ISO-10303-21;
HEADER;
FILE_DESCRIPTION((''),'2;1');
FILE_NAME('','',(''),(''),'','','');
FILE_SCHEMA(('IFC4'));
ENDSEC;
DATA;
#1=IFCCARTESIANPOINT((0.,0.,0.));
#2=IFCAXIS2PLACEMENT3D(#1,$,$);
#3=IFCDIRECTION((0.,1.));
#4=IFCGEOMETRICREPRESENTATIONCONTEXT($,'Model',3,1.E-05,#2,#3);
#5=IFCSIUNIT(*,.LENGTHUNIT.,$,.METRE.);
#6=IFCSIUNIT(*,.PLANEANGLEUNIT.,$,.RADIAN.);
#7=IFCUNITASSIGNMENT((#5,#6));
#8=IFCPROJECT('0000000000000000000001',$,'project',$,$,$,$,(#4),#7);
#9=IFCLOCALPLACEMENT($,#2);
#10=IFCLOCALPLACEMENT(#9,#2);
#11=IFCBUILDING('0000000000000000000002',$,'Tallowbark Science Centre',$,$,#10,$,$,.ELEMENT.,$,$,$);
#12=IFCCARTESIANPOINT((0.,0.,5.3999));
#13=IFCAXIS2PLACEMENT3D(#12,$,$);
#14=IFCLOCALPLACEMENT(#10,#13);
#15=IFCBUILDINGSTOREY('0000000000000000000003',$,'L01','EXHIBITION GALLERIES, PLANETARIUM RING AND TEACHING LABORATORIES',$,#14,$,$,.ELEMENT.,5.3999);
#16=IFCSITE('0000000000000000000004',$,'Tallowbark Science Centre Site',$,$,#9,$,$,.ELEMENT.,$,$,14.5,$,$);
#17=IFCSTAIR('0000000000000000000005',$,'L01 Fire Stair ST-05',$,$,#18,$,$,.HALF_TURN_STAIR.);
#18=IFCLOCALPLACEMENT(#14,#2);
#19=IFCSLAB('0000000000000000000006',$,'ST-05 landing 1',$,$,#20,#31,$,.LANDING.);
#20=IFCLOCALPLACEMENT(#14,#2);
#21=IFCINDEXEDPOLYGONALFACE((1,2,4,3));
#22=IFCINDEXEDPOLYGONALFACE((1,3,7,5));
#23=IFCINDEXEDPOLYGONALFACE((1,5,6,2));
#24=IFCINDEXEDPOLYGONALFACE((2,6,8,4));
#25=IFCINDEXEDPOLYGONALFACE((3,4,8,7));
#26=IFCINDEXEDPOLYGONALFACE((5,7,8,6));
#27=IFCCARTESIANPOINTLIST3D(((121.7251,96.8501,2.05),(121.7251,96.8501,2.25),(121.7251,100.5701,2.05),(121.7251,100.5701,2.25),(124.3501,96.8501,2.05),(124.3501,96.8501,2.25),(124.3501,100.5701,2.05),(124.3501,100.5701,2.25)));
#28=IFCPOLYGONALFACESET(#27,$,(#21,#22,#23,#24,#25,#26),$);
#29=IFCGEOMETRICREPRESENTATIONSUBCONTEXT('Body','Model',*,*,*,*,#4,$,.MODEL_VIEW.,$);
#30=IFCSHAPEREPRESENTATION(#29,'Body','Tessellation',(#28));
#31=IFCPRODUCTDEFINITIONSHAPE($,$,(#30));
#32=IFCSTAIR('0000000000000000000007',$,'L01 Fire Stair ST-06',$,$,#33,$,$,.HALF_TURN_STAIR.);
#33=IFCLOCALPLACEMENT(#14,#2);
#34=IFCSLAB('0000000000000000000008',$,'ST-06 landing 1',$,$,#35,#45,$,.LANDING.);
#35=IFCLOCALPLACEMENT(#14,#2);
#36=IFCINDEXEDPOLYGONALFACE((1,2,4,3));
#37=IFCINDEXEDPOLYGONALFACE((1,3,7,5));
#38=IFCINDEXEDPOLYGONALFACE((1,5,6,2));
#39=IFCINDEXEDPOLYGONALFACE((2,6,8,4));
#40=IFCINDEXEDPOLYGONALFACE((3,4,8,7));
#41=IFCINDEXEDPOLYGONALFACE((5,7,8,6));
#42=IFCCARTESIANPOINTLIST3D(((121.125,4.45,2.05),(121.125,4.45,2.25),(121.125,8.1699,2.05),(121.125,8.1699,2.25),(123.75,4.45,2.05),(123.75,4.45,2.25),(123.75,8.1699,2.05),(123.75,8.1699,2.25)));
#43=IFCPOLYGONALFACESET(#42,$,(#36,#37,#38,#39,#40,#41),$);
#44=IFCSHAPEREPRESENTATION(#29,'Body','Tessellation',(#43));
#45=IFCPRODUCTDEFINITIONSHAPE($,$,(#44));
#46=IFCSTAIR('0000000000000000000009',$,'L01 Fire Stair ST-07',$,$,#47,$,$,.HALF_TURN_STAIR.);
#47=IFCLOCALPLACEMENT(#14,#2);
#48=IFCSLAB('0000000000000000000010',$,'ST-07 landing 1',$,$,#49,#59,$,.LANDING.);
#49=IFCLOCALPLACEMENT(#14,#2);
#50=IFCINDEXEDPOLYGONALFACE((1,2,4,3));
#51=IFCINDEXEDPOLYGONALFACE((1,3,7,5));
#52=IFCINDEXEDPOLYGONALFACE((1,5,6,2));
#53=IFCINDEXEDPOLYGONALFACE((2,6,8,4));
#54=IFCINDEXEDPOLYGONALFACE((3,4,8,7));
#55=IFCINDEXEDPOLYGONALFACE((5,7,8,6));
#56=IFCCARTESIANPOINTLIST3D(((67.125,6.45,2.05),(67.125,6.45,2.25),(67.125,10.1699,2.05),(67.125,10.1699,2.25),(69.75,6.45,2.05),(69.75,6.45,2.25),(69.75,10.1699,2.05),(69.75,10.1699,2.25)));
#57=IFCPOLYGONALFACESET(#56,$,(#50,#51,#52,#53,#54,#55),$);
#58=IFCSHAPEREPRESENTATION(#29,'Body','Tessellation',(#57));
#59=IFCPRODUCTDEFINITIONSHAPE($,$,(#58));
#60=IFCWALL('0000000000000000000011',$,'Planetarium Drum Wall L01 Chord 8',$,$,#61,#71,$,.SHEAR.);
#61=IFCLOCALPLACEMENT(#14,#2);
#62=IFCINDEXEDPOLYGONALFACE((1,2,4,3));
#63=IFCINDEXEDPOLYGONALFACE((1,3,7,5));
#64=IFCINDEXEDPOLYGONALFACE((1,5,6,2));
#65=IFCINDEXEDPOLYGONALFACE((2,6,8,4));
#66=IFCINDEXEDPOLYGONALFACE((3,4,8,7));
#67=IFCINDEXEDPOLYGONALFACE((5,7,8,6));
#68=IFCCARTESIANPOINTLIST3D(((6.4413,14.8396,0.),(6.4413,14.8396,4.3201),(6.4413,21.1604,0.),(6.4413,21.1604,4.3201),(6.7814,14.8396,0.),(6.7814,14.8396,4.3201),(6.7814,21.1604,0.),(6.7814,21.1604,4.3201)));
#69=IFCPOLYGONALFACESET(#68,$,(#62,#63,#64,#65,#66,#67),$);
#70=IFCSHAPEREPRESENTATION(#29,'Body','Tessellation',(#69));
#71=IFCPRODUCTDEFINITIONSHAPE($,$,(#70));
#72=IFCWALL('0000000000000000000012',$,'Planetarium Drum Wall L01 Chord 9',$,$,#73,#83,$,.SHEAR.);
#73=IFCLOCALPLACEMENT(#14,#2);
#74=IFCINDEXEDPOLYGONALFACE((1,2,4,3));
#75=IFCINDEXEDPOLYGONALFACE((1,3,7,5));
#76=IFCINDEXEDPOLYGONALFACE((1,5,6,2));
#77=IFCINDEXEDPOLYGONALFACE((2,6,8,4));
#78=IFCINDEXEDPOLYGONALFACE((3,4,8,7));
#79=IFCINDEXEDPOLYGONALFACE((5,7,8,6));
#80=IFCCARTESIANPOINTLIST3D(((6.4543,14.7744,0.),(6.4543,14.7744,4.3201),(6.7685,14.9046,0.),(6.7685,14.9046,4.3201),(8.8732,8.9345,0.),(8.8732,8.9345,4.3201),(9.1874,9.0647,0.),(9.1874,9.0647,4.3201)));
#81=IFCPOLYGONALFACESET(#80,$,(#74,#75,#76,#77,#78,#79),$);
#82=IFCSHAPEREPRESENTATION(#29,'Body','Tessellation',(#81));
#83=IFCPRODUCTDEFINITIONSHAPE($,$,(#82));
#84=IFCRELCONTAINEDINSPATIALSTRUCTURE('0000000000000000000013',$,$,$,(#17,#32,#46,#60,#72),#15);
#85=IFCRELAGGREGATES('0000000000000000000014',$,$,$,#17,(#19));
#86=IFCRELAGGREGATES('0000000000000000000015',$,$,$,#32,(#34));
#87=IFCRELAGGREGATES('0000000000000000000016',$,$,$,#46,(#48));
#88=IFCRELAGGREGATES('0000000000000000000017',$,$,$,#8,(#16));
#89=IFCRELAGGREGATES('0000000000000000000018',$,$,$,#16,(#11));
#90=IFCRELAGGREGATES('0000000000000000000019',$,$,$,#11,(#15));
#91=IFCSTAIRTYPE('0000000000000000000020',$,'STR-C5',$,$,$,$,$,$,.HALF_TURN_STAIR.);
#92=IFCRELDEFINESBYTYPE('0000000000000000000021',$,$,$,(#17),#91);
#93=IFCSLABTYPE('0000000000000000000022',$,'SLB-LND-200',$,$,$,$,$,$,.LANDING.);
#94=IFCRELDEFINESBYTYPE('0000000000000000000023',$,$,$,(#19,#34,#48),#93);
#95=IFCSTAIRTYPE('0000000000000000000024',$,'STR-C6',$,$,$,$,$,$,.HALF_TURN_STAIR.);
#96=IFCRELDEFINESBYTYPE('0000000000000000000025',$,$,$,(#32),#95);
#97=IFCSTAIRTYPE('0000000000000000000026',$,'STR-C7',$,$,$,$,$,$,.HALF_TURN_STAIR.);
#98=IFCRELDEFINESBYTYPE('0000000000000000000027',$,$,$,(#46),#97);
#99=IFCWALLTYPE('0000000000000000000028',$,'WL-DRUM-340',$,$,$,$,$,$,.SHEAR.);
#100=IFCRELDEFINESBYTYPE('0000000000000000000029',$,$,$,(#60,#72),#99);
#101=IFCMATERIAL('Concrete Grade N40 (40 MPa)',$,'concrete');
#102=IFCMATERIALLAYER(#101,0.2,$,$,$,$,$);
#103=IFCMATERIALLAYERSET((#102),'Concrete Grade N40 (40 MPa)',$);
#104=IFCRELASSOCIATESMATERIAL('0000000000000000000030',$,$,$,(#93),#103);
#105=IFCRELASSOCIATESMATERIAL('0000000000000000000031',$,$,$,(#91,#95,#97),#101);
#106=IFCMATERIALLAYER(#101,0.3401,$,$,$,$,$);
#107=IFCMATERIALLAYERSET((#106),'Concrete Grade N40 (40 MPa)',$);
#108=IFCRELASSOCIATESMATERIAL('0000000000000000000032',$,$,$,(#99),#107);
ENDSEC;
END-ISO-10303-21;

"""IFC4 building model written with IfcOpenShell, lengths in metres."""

from ifc_helpers import new_model, si_unit, direction, frame, frame_2d, origin, place, context, subcontext, project, spatial, polyline, rectangle, outline, extrude, material, layer, layer_set, type_object, element, aggregate, save


model = new_model("IFC4")

# Units and contexts
model_context = context("Model", 3, precision=1e-05, world=origin(), true_north=direction((0.0, 1.0)))
body_context = subcontext(model_context, "Body", "Model", "MODEL_VIEW")
ifc_project = project(units=[si_unit("LENGTHUNIT", "METRE"), si_unit("PLANEANGLEUNIT", "RADIAN")], contexts=[model_context])

# Site, building, storey
site_placement = place(None, origin())
site = spatial("IfcSite", under=ifc_project, at=site_placement, Name="Tallowbark Science Centre Site", CompositionType="ELEMENT", RefElevation=14.5)
building_placement = place(site_placement, origin())
building = spatial("IfcBuilding", under=site, at=building_placement, Name="Tallowbark Science Centre", CompositionType="ELEMENT")
storey_placement = place(building_placement, frame((0.0, 0.0, 5.3999)))
storey = spatial("IfcBuildingStorey", under=building, at=storey_placement, Name="L01", Description="EXHIBITION GALLERIES, PLANETARIUM RING AND TEACHING LABORATORIES", CompositionType="ELEMENT", Elevation=5.3999)

# Shared definitions
ifc_material_1 = material(Name="Concrete Grade N40 (40 MPa)", Category="concrete")

# Stairs, slabs
ifc_layer_1 = layer(ifc_material_1, 0.2)
ifc_layer_set_1 = layer_set([ifc_layer_1], Name="Concrete Grade N40 (40 MPa)")
slab_type_1 = type_object("IfcSlabType", Name="SLB-LND-200", PredefinedType="LANDING", material=ifc_layer_set_1)
stair_type_1 = type_object("IfcStairType", Name="STR-C5", PredefinedType="HALF_TURN_STAIR", material=ifc_material_1)
stair_1_placement = place(storey_placement, origin())
stair_1 = element("IfcStair", 1, at=stair_1_placement, inside=storey, type_object=stair_type_1, Name="L01 Fire Stair ST-05", PredefinedType="HALF_TURN_STAIR")
slab_1_placement = place(storey_placement, frame((0.0, 0.0, 2.05)))
slab_1 = element("IfcSlab", 2, at=slab_1_placement, type_object=slab_type_1, Name="ST-05 landing 1", PredefinedType="LANDING", context=body_context, shape_type="SweptSolid", body=[
    extrude(outline(polyline([(121.7251, 96.8501), (124.3501, 96.8501), (124.3501, 100.5701), (121.7251, 100.5701), (121.7251, 96.8501)])), origin(), (0.0, 0.0, 1.0), 0.2),
])
aggregate(stair_1, [slab_1])
stair_type_2 = type_object("IfcStairType", Name="STR-C6", PredefinedType="HALF_TURN_STAIR", material=ifc_material_1)
stair_2_placement = place(storey_placement, origin())
stair_2 = element("IfcStair", 3, at=stair_2_placement, inside=storey, type_object=stair_type_2, Name="L01 Fire Stair ST-06", PredefinedType="HALF_TURN_STAIR")
slab_2_placement = place(storey_placement, frame((0.0, 0.0, 2.05)))
slab_2 = element("IfcSlab", 4, at=slab_2_placement, type_object=slab_type_1, Name="ST-06 landing 1", PredefinedType="LANDING", context=body_context, shape_type="SweptSolid", body=[
    extrude(outline(polyline([(121.125, 4.45), (123.75, 4.45), (123.75, 8.1699), (121.125, 8.1699), (121.125, 4.45)])), origin(), (0.0, 0.0, 1.0), 0.2),
])
aggregate(stair_2, [slab_2])
stair_type_3 = type_object("IfcStairType", Name="STR-C7", PredefinedType="HALF_TURN_STAIR", material=ifc_material_1)
stair_3_placement = place(storey_placement, origin())
stair_3 = element("IfcStair", 5, at=stair_3_placement, inside=storey, type_object=stair_type_3, Name="L01 Fire Stair ST-07", PredefinedType="HALF_TURN_STAIR")
slab_3_placement = place(storey_placement, frame((0.0, 0.0, 2.05)))
slab_3 = element("IfcSlab", 6, at=slab_3_placement, type_object=slab_type_1, Name="ST-07 landing 1", PredefinedType="LANDING", context=body_context, shape_type="SweptSolid", body=[
    extrude(outline(polyline([(67.125, 6.45), (69.75, 6.45), (69.75, 10.1699), (67.125, 10.1699), (67.125, 6.45)])), origin(), (0.0, 0.0, 1.0), 0.2),
])
aggregate(stair_3, [slab_3])

# Walls
ifc_layer_2 = layer(ifc_material_1, 0.3401)
ifc_layer_set_2 = layer_set([ifc_layer_2], Name="Concrete Grade N40 (40 MPa)")
wall_type = type_object("IfcWallType", Name="WL-DRUM-340", PredefinedType="SHEAR", material=ifc_layer_set_2)
wall_1_placement = place(storey_placement, frame((6.6113, 21.1604, 0.0), z_axis=(0.0, 0.0, 1.0), x_axis=(0.0, -1.0, 0.0)))
element("IfcWall", 7, at=wall_1_placement, inside=storey, type_object=wall_type, Name="Planetarium Drum Wall L01 Chord 8", PredefinedType="SHEAR", context=body_context, shape_type="SweptSolid", body=[
    extrude(rectangle(XDim=6.3208, YDim=0.3401, at=frame_2d((3.1604, 0.0))), origin(), (0.0, 0.0, 1.0), 4.3201),
])
wall_2_placement = place(storey_placement, frame((6.6113, 14.8396, 0.0), z_axis=(0.0, 0.0, 1.0), x_axis=(0.382684, -0.923879, 0.0)))
element("IfcWall", 8, at=wall_2_placement, inside=storey, type_object=wall_type, Name="Planetarium Drum Wall L01 Chord 9", PredefinedType="SHEAR", context=body_context, shape_type="SweptSolid", body=[
    extrude(rectangle(XDim=6.321, YDim=0.3401, at=frame_2d((3.1606, 0.0))), origin(), (0.0, 0.0, 1.0), 4.3201),
])

save(model, "model.ifc")
